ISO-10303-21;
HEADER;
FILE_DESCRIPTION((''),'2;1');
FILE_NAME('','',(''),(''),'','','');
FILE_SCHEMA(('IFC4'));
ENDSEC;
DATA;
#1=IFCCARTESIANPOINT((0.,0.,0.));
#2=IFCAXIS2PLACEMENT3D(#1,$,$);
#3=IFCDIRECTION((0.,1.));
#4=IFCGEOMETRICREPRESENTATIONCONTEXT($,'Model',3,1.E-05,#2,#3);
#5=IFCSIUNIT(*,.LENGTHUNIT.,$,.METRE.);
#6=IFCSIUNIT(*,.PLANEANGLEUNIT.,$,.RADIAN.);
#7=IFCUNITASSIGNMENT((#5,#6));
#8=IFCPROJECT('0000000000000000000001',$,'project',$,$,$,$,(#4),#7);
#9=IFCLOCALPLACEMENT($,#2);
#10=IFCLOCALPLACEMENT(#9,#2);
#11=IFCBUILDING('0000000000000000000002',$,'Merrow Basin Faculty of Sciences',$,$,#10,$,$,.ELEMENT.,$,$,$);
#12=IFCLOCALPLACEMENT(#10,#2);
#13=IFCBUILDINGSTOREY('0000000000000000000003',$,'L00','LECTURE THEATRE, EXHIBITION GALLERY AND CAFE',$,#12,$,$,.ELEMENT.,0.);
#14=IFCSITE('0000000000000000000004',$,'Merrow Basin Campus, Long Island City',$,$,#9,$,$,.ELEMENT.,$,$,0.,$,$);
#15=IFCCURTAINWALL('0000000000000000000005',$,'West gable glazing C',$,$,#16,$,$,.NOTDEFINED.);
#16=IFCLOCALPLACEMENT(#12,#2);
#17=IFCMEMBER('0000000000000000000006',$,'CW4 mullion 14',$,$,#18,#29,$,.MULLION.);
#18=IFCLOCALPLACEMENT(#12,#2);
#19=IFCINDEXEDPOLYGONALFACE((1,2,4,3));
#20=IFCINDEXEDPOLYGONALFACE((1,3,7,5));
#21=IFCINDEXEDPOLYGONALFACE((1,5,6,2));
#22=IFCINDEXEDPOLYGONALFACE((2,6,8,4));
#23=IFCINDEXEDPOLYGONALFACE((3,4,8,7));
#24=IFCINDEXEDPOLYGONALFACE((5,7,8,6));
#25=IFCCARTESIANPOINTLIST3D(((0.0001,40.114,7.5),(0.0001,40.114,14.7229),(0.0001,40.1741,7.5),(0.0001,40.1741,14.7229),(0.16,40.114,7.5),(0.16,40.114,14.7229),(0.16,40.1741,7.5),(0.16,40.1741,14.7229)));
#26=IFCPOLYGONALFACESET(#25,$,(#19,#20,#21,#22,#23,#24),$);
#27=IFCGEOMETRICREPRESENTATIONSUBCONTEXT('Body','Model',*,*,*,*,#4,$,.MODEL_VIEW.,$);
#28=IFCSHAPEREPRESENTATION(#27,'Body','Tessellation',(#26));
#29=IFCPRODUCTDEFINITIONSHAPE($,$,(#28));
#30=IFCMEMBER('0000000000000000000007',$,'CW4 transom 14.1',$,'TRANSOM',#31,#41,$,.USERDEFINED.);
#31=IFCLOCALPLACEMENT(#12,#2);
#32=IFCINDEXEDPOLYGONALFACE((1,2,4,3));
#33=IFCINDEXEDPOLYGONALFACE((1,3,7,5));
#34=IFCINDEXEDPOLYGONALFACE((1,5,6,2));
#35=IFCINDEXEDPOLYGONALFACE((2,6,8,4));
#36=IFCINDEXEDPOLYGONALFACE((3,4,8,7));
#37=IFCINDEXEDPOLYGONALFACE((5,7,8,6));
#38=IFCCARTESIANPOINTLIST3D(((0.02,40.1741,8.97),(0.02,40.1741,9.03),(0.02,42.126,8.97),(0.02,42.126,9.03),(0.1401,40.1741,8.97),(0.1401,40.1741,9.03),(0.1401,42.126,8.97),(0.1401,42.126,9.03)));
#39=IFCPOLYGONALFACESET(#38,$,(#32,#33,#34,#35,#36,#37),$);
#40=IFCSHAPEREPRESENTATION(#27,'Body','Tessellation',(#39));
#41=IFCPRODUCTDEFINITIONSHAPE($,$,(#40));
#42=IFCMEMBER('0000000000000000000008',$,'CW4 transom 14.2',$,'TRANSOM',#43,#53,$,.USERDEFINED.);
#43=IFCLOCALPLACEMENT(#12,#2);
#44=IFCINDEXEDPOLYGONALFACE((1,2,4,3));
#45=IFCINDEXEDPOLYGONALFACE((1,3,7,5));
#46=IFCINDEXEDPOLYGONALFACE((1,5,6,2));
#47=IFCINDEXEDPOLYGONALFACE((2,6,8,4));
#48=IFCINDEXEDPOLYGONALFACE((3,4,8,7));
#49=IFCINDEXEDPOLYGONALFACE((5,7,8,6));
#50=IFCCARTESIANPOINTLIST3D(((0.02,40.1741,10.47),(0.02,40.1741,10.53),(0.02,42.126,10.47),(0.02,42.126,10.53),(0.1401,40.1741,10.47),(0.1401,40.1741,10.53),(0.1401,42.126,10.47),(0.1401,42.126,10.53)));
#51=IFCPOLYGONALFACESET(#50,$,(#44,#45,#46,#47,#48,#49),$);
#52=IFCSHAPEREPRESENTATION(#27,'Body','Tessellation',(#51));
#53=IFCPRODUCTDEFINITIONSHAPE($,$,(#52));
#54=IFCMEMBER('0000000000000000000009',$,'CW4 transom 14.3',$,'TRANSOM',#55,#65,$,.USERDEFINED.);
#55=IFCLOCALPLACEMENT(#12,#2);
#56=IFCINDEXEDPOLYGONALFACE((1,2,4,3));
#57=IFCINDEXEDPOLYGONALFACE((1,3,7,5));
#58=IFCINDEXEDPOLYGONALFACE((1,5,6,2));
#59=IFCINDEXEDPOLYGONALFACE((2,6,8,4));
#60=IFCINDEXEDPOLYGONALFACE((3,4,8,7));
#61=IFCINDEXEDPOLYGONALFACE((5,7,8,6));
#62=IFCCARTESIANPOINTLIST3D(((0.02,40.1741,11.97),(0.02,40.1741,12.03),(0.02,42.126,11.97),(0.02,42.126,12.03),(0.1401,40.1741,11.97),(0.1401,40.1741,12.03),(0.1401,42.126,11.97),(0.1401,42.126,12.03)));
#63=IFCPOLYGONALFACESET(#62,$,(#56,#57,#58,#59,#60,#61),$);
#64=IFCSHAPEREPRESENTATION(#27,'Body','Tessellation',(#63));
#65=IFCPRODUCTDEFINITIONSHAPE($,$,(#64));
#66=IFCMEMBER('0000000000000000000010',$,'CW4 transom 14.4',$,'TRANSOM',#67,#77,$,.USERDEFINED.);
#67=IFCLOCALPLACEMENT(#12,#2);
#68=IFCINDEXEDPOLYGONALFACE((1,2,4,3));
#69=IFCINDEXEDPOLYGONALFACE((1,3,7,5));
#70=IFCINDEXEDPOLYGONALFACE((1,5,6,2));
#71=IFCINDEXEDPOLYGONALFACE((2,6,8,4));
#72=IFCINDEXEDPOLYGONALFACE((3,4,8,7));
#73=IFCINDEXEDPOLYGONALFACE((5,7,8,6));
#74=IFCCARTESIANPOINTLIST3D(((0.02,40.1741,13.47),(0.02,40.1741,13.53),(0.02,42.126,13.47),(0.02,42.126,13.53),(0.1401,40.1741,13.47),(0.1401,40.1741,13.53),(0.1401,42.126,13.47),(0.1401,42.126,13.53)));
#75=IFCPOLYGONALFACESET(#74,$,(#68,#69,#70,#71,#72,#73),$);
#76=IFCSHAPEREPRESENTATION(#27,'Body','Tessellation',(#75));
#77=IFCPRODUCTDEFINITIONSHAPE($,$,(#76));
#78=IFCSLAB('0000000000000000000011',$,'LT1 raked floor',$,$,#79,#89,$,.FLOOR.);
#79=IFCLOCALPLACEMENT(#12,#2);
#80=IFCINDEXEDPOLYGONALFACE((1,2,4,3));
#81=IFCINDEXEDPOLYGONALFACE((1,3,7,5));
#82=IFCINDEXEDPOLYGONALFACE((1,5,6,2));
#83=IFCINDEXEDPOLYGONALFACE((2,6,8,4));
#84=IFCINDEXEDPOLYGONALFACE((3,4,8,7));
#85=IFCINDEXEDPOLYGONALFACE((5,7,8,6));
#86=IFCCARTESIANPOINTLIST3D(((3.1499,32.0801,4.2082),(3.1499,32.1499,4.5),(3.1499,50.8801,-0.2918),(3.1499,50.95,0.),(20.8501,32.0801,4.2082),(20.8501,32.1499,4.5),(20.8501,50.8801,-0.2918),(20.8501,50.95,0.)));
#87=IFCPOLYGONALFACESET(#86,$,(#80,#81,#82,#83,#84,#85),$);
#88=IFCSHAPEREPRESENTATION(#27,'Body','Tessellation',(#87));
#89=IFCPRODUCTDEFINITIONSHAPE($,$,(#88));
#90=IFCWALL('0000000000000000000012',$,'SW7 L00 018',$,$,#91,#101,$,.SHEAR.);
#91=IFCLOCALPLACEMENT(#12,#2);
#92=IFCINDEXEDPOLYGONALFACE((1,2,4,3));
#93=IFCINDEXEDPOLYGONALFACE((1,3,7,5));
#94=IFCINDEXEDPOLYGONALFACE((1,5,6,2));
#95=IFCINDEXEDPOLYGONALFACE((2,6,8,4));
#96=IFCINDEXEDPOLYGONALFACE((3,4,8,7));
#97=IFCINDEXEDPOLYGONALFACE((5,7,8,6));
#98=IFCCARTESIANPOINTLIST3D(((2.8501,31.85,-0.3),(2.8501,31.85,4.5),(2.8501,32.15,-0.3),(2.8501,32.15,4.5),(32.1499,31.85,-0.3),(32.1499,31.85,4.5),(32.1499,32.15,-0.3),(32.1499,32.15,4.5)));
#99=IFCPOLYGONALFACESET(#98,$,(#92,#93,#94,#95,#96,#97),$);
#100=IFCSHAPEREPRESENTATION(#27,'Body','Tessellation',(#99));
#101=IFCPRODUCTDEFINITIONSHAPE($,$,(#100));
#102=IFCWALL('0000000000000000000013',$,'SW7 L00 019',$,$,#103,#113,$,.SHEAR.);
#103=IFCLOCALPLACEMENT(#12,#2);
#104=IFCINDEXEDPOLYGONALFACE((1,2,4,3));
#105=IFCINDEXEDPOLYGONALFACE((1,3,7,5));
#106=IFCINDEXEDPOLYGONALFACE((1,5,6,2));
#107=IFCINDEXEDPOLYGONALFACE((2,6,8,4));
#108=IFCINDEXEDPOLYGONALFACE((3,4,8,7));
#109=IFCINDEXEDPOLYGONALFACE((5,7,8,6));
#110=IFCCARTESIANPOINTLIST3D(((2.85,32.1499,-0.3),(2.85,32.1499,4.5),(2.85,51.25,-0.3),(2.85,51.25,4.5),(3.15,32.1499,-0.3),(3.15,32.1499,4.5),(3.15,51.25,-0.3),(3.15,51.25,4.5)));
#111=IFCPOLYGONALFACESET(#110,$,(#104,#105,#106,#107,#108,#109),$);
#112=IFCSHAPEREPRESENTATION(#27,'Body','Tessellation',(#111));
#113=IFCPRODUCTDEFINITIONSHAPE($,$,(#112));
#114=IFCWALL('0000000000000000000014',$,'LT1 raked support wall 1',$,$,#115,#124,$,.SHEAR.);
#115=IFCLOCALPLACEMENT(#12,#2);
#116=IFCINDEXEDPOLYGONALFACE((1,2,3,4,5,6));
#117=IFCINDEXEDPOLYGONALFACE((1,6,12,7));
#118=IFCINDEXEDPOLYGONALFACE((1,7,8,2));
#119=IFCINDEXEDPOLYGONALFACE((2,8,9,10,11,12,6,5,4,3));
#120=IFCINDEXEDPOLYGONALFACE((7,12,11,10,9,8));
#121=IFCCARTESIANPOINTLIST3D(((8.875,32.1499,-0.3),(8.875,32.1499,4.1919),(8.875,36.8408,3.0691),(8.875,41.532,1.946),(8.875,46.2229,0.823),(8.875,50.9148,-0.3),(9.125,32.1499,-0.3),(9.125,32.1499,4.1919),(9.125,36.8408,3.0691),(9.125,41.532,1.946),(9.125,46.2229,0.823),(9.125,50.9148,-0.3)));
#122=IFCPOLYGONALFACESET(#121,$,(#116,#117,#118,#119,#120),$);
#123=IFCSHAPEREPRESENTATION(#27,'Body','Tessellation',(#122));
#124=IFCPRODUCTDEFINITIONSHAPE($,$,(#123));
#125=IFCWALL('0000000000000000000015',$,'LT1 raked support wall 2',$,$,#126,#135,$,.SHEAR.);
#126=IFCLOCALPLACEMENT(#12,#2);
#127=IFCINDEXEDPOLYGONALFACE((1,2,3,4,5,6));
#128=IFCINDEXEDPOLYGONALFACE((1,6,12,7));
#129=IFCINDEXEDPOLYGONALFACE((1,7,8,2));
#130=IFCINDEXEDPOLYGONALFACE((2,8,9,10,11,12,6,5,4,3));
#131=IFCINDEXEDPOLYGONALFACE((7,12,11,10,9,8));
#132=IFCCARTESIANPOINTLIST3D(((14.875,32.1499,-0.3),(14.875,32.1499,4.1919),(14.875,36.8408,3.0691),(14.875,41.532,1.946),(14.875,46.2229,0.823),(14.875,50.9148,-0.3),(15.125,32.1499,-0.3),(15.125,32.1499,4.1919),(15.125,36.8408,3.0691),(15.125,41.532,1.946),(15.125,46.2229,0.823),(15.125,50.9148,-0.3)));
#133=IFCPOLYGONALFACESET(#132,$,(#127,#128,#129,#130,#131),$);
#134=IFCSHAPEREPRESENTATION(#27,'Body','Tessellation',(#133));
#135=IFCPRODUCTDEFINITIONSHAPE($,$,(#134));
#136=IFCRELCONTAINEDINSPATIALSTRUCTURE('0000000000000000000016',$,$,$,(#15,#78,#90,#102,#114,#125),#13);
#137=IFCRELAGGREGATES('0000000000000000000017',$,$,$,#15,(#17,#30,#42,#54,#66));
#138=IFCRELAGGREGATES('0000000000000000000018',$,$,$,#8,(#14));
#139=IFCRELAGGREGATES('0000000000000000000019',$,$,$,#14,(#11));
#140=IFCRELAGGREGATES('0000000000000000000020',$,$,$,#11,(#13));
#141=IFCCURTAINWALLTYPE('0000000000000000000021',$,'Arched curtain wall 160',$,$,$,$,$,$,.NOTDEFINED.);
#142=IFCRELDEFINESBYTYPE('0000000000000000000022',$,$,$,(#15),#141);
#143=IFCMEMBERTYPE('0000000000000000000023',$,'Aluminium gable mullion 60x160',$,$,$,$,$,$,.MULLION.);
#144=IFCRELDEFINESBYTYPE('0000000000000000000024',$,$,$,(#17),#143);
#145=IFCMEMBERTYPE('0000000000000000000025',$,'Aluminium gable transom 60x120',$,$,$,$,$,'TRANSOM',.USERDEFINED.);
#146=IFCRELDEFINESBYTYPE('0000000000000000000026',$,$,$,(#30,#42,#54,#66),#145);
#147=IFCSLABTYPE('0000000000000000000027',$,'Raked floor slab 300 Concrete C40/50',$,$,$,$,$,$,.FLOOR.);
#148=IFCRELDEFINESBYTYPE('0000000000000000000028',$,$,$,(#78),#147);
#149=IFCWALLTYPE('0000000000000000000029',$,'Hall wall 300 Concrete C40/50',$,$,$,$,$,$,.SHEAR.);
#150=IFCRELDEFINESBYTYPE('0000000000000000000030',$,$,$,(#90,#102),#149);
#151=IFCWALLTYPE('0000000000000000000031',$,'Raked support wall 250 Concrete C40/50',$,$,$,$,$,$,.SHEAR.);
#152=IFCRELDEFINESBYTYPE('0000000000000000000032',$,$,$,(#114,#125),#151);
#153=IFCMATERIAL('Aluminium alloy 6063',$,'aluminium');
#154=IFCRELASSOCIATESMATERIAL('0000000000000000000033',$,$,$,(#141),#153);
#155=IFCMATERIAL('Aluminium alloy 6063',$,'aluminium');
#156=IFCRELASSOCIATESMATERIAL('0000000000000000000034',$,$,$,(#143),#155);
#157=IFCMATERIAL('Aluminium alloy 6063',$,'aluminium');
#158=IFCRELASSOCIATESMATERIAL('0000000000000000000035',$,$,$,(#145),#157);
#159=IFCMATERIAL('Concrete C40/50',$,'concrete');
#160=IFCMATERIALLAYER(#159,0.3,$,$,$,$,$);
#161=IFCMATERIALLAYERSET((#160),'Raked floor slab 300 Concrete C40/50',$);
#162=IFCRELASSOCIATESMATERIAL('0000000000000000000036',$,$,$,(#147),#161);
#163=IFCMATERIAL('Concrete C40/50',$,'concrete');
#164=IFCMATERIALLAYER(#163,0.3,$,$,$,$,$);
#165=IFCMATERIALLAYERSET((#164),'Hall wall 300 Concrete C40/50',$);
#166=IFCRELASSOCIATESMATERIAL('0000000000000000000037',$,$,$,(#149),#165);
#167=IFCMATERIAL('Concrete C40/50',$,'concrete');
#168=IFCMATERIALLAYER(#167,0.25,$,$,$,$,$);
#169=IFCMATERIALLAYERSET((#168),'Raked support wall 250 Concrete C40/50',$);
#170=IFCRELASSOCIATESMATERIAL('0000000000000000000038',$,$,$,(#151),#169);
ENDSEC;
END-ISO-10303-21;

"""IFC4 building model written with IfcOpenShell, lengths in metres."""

from ifc_helpers import new_model, si_unit, direction, frame, frame_2d, origin, origin_2d, place, context, subcontext, project, spatial, polyline, rectangle, outline, extrude, material, layer, layer_set, material_profile, profile_set, type_object, element, aggregate, save


model = new_model("IFC4")

# Units and contexts
model_context = context("Model", 3, precision=1e-05, world=origin(), true_north=direction((0.0, 1.0)))
body_context = subcontext(model_context, "Body", "Model", "MODEL_VIEW")
ifc_project = project(units=[si_unit("LENGTHUNIT", "METRE"), si_unit("PLANEANGLEUNIT", "RADIAN")], contexts=[model_context])

# Site, building, storey
site_placement = place(None, origin())
site = spatial("IfcSite", under=ifc_project, at=site_placement, Name="Merrow Basin Campus, Long Island City", CompositionType="ELEMENT", RefElevation=0.0)
building_placement = place(site_placement, origin())
building = spatial("IfcBuilding", under=site, at=building_placement, Name="Merrow Basin Faculty of Sciences", CompositionType="ELEMENT")
storey_placement = place(building_placement, origin())
storey = spatial("IfcBuildingStorey", under=building, at=storey_placement, Name="L00", Description="LECTURE THEATRE, EXHIBITION GALLERY AND CAFE", CompositionType="ELEMENT", Elevation=0.0)

# Curtain wall, members
ifc_material_1 = material(Name="Aluminium alloy 6063", Category="aluminium")
curtain_wall_type = type_object("IfcCurtainWallType", Name="Arched curtain wall 160", PredefinedType="NOTDEFINED", material=ifc_material_1)
curtain_wall_placement = place(storey_placement, origin())
curtain_wall = element("IfcCurtainWall", 1, at=curtain_wall_placement, inside=storey, type_object=curtain_wall_type, Name="West gable glazing C", PredefinedType="NOTDEFINED")
ifc_material_2 = material(Name="Aluminium alloy 6063", Category="aluminium")
ifc_material_profile_1 = material_profile(ifc_material_2, rectangle(XDim=0.1599, YDim=0.0601, at=origin_2d()))
ifc_profile_set_1 = profile_set([ifc_material_profile_1], Name="Aluminium alloy 6063")
member_type_1 = type_object("IfcMemberType", Name="Aluminium gable mullion 60x160", PredefinedType="MULLION", material=ifc_profile_set_1)
member_1_placement = place(storey_placement, frame((0.0801, 40.144, 7.5), z_axis=(0.0, 0.0, 1.0), x_axis=(1.0, 0.0, 0.0)))
member_1 = element("IfcMember", 2, at=member_1_placement, type_object=member_type_1, Name="CW4 mullion 14", PredefinedType="MULLION", context=body_context, shape_type="SweptSolid", body=[
    extrude(rectangle(XDim=0.1599, YDim=0.0601, at=origin_2d()), origin(), (0.0, 0.0, 1.0), 7.2229),
])
ifc_material_3 = material(Name="Aluminium alloy 6063", Category="aluminium")
ifc_material_profile_2 = material_profile(ifc_material_3, rectangle(XDim=0.1201, YDim=0.0601, at=origin_2d()))
ifc_profile_set_2 = profile_set([ifc_material_profile_2], Name="Aluminium alloy 6063")
member_type_2 = type_object("IfcMemberType", Name="Aluminium gable transom 60x120", ElementType="TRANSOM", PredefinedType="USERDEFINED", material=ifc_profile_set_2)
member_2_placement = place(storey_placement, frame((0.0801, 40.1741, 9.0), z_axis=(0.0, 1.0, 0.0), x_axis=(-1.0, 0.0, 0.0)))
member_2 = element("IfcMember", 3, at=member_2_placement, type_object=member_type_2, Name="CW4 transom 14.1", ObjectType="TRANSOM", PredefinedType="USERDEFINED", context=body_context, shape_type="SweptSolid", body=[
    extrude(rectangle(XDim=0.1201, YDim=0.0601, at=origin_2d()), origin(), (0.0, 0.0, 1.0), 1.9519),
])
member_3_placement = place(storey_placement, frame((0.0801, 40.1741, 10.5), z_axis=(0.0, 1.0, 0.0), x_axis=(-1.0, 0.0, 0.0)))
member_3 = element("IfcMember", 4, at=member_3_placement, type_object=member_type_2, Name="CW4 transom 14.2", ObjectType="TRANSOM", PredefinedType="USERDEFINED", context=body_context, shape_type="SweptSolid", body=[
    extrude(rectangle(XDim=0.1201, YDim=0.0601, at=origin_2d()), origin(), (0.0, 0.0, 1.0), 1.9519),
])
member_4_placement = place(storey_placement, frame((0.0801, 40.1741, 12.0), z_axis=(0.0, 1.0, 0.0), x_axis=(-1.0, 0.0, 0.0)))
member_4 = element("IfcMember", 5, at=member_4_placement, type_object=member_type_2, Name="CW4 transom 14.3", ObjectType="TRANSOM", PredefinedType="USERDEFINED", context=body_context, shape_type="SweptSolid", body=[
    extrude(rectangle(XDim=0.1201, YDim=0.0601, at=origin_2d()), origin(), (0.0, 0.0, 1.0), 1.9519),
])
member_5_placement = place(storey_placement, frame((0.0801, 40.1741, 13.5), z_axis=(0.0, 1.0, 0.0), x_axis=(-1.0, 0.0, 0.0)))
member_5 = element("IfcMember", 6, at=member_5_placement, type_object=member_type_2, Name="CW4 transom 14.4", ObjectType="TRANSOM", PredefinedType="USERDEFINED", context=body_context, shape_type="SweptSolid", body=[
    extrude(rectangle(XDim=0.1201, YDim=0.0601, at=origin_2d()), origin(), (0.0, 0.0, 1.0), 1.9519),
])
aggregate(curtain_wall, [member_1, member_2, member_3, member_4, member_5])

# Slab
ifc_material_4 = material(Name="Concrete C40/50", Category="concrete")
ifc_layer_1 = layer(ifc_material_4, 0.3)
ifc_layer_set_1 = layer_set([ifc_layer_1], Name="Raked floor slab 300 Concrete C40/50")
slab_type = type_object("IfcSlabType", Name="Raked floor slab 300 Concrete C40/50", PredefinedType="FLOOR", material=ifc_layer_set_1)
slab_placement = place(storey_placement, frame((3.1499, 32.1499, 4.5), z_axis=(0.0, 0.232785, 0.972528), x_axis=(1.0, 0.0, 0.0)))
element("IfcSlab", 7, at=slab_placement, inside=storey, type_object=slab_type, Name="LT1 raked floor", PredefinedType="FLOOR", context=body_context, shape_type="SweptSolid", body=[
    extrude(outline(polyline([(0.0, 0.0), (17.7002, 0.0), (17.7002, 19.3311), (0.0, 19.3311), (0.0, 0.0)])), origin(), (0.0, 0.0, -1.0), 0.3),
])

# Walls
ifc_material_5 = material(Name="Concrete C40/50", Category="concrete")
ifc_layer_2 = layer(ifc_material_5, 0.3)
ifc_layer_set_2 = layer_set([ifc_layer_2], Name="Hall wall 300 Concrete C40/50")
wall_type_1 = type_object("IfcWallType", Name="Hall wall 300 Concrete C40/50", PredefinedType="SHEAR", material=ifc_layer_set_2)
wall_1_placement = place(storey_placement, frame((2.8501, 32.0, -0.3), z_axis=(0.0, 0.0, 1.0), x_axis=(1.0, 0.0, 0.0)))
element("IfcWall", 8, at=wall_1_placement, inside=storey, type_object=wall_type_1, Name="SW7 L00 018", PredefinedType="SHEAR", context=body_context, shape_type="SweptSolid", body=[
    extrude(rectangle(XDim=29.2998, YDim=0.3, at=frame_2d((14.6499, 0.0))), origin(), (0.0, 0.0, 1.0), 4.8),
])
wall_2_placement = place(storey_placement, frame((3.0, 32.1499, -0.3), z_axis=(0.0, 0.0, 1.0), x_axis=(0.0, 1.0, 0.0)))
element("IfcWall", 9, at=wall_2_placement, inside=storey, type_object=wall_type_1, Name="SW7 L00 019", PredefinedType="SHEAR", context=body_context, shape_type="SweptSolid", body=[
    extrude(rectangle(XDim=19.1001, YDim=0.3, at=frame_2d((9.55, 0.0))), origin(), (0.0, 0.0, 1.0), 4.8),
])
ifc_material_6 = material(Name="Concrete C40/50", Category="concrete")
ifc_layer_3 = layer(ifc_material_6, 0.25)
ifc_layer_set_3 = layer_set([ifc_layer_3], Name="Raked support wall 250 Concrete C40/50")
wall_type_2 = type_object("IfcWallType", Name="Raked support wall 250 Concrete C40/50", PredefinedType="SHEAR", material=ifc_layer_set_3)
for number, where, z_axis, x_axis, name in (
    (10, (9.0, 32.1499, -0.3), (0.0, 0.0, 1.0), (0.0, 1.0, 0.0), "LT1 raked support wall 1"),
    (11, (15.0, 32.1499, -0.3), (0.0, 0.0, 1.0), (0.0, 1.0, 0.0), "LT1 raked support wall 2"),
):
    element("IfcWall", number, at=place(storey_placement, frame(where, z_axis=z_axis, x_axis=x_axis)), inside=storey, type_object=wall_type_2, Name=name, PredefinedType="SHEAR", context=body_context, shape_type="SweptSolid", body=[
        extrude(outline(polyline([(0.0, 0.0), (18.7651, 0.0), (18.7649, 0.0), (14.073, 1.123), (9.3821, 2.2461), (4.6909, 3.3691), (0.0, 4.4919), (0.0, 0.0)])), frame((0.0, 0.125, 0.0), z_axis=(0.0, -1.0, 0.0), x_axis=(1.0, 0.0, 0.0)), (0.0, 0.0, 1.0), 0.25),
    ])

save(model, "model.ifc")
